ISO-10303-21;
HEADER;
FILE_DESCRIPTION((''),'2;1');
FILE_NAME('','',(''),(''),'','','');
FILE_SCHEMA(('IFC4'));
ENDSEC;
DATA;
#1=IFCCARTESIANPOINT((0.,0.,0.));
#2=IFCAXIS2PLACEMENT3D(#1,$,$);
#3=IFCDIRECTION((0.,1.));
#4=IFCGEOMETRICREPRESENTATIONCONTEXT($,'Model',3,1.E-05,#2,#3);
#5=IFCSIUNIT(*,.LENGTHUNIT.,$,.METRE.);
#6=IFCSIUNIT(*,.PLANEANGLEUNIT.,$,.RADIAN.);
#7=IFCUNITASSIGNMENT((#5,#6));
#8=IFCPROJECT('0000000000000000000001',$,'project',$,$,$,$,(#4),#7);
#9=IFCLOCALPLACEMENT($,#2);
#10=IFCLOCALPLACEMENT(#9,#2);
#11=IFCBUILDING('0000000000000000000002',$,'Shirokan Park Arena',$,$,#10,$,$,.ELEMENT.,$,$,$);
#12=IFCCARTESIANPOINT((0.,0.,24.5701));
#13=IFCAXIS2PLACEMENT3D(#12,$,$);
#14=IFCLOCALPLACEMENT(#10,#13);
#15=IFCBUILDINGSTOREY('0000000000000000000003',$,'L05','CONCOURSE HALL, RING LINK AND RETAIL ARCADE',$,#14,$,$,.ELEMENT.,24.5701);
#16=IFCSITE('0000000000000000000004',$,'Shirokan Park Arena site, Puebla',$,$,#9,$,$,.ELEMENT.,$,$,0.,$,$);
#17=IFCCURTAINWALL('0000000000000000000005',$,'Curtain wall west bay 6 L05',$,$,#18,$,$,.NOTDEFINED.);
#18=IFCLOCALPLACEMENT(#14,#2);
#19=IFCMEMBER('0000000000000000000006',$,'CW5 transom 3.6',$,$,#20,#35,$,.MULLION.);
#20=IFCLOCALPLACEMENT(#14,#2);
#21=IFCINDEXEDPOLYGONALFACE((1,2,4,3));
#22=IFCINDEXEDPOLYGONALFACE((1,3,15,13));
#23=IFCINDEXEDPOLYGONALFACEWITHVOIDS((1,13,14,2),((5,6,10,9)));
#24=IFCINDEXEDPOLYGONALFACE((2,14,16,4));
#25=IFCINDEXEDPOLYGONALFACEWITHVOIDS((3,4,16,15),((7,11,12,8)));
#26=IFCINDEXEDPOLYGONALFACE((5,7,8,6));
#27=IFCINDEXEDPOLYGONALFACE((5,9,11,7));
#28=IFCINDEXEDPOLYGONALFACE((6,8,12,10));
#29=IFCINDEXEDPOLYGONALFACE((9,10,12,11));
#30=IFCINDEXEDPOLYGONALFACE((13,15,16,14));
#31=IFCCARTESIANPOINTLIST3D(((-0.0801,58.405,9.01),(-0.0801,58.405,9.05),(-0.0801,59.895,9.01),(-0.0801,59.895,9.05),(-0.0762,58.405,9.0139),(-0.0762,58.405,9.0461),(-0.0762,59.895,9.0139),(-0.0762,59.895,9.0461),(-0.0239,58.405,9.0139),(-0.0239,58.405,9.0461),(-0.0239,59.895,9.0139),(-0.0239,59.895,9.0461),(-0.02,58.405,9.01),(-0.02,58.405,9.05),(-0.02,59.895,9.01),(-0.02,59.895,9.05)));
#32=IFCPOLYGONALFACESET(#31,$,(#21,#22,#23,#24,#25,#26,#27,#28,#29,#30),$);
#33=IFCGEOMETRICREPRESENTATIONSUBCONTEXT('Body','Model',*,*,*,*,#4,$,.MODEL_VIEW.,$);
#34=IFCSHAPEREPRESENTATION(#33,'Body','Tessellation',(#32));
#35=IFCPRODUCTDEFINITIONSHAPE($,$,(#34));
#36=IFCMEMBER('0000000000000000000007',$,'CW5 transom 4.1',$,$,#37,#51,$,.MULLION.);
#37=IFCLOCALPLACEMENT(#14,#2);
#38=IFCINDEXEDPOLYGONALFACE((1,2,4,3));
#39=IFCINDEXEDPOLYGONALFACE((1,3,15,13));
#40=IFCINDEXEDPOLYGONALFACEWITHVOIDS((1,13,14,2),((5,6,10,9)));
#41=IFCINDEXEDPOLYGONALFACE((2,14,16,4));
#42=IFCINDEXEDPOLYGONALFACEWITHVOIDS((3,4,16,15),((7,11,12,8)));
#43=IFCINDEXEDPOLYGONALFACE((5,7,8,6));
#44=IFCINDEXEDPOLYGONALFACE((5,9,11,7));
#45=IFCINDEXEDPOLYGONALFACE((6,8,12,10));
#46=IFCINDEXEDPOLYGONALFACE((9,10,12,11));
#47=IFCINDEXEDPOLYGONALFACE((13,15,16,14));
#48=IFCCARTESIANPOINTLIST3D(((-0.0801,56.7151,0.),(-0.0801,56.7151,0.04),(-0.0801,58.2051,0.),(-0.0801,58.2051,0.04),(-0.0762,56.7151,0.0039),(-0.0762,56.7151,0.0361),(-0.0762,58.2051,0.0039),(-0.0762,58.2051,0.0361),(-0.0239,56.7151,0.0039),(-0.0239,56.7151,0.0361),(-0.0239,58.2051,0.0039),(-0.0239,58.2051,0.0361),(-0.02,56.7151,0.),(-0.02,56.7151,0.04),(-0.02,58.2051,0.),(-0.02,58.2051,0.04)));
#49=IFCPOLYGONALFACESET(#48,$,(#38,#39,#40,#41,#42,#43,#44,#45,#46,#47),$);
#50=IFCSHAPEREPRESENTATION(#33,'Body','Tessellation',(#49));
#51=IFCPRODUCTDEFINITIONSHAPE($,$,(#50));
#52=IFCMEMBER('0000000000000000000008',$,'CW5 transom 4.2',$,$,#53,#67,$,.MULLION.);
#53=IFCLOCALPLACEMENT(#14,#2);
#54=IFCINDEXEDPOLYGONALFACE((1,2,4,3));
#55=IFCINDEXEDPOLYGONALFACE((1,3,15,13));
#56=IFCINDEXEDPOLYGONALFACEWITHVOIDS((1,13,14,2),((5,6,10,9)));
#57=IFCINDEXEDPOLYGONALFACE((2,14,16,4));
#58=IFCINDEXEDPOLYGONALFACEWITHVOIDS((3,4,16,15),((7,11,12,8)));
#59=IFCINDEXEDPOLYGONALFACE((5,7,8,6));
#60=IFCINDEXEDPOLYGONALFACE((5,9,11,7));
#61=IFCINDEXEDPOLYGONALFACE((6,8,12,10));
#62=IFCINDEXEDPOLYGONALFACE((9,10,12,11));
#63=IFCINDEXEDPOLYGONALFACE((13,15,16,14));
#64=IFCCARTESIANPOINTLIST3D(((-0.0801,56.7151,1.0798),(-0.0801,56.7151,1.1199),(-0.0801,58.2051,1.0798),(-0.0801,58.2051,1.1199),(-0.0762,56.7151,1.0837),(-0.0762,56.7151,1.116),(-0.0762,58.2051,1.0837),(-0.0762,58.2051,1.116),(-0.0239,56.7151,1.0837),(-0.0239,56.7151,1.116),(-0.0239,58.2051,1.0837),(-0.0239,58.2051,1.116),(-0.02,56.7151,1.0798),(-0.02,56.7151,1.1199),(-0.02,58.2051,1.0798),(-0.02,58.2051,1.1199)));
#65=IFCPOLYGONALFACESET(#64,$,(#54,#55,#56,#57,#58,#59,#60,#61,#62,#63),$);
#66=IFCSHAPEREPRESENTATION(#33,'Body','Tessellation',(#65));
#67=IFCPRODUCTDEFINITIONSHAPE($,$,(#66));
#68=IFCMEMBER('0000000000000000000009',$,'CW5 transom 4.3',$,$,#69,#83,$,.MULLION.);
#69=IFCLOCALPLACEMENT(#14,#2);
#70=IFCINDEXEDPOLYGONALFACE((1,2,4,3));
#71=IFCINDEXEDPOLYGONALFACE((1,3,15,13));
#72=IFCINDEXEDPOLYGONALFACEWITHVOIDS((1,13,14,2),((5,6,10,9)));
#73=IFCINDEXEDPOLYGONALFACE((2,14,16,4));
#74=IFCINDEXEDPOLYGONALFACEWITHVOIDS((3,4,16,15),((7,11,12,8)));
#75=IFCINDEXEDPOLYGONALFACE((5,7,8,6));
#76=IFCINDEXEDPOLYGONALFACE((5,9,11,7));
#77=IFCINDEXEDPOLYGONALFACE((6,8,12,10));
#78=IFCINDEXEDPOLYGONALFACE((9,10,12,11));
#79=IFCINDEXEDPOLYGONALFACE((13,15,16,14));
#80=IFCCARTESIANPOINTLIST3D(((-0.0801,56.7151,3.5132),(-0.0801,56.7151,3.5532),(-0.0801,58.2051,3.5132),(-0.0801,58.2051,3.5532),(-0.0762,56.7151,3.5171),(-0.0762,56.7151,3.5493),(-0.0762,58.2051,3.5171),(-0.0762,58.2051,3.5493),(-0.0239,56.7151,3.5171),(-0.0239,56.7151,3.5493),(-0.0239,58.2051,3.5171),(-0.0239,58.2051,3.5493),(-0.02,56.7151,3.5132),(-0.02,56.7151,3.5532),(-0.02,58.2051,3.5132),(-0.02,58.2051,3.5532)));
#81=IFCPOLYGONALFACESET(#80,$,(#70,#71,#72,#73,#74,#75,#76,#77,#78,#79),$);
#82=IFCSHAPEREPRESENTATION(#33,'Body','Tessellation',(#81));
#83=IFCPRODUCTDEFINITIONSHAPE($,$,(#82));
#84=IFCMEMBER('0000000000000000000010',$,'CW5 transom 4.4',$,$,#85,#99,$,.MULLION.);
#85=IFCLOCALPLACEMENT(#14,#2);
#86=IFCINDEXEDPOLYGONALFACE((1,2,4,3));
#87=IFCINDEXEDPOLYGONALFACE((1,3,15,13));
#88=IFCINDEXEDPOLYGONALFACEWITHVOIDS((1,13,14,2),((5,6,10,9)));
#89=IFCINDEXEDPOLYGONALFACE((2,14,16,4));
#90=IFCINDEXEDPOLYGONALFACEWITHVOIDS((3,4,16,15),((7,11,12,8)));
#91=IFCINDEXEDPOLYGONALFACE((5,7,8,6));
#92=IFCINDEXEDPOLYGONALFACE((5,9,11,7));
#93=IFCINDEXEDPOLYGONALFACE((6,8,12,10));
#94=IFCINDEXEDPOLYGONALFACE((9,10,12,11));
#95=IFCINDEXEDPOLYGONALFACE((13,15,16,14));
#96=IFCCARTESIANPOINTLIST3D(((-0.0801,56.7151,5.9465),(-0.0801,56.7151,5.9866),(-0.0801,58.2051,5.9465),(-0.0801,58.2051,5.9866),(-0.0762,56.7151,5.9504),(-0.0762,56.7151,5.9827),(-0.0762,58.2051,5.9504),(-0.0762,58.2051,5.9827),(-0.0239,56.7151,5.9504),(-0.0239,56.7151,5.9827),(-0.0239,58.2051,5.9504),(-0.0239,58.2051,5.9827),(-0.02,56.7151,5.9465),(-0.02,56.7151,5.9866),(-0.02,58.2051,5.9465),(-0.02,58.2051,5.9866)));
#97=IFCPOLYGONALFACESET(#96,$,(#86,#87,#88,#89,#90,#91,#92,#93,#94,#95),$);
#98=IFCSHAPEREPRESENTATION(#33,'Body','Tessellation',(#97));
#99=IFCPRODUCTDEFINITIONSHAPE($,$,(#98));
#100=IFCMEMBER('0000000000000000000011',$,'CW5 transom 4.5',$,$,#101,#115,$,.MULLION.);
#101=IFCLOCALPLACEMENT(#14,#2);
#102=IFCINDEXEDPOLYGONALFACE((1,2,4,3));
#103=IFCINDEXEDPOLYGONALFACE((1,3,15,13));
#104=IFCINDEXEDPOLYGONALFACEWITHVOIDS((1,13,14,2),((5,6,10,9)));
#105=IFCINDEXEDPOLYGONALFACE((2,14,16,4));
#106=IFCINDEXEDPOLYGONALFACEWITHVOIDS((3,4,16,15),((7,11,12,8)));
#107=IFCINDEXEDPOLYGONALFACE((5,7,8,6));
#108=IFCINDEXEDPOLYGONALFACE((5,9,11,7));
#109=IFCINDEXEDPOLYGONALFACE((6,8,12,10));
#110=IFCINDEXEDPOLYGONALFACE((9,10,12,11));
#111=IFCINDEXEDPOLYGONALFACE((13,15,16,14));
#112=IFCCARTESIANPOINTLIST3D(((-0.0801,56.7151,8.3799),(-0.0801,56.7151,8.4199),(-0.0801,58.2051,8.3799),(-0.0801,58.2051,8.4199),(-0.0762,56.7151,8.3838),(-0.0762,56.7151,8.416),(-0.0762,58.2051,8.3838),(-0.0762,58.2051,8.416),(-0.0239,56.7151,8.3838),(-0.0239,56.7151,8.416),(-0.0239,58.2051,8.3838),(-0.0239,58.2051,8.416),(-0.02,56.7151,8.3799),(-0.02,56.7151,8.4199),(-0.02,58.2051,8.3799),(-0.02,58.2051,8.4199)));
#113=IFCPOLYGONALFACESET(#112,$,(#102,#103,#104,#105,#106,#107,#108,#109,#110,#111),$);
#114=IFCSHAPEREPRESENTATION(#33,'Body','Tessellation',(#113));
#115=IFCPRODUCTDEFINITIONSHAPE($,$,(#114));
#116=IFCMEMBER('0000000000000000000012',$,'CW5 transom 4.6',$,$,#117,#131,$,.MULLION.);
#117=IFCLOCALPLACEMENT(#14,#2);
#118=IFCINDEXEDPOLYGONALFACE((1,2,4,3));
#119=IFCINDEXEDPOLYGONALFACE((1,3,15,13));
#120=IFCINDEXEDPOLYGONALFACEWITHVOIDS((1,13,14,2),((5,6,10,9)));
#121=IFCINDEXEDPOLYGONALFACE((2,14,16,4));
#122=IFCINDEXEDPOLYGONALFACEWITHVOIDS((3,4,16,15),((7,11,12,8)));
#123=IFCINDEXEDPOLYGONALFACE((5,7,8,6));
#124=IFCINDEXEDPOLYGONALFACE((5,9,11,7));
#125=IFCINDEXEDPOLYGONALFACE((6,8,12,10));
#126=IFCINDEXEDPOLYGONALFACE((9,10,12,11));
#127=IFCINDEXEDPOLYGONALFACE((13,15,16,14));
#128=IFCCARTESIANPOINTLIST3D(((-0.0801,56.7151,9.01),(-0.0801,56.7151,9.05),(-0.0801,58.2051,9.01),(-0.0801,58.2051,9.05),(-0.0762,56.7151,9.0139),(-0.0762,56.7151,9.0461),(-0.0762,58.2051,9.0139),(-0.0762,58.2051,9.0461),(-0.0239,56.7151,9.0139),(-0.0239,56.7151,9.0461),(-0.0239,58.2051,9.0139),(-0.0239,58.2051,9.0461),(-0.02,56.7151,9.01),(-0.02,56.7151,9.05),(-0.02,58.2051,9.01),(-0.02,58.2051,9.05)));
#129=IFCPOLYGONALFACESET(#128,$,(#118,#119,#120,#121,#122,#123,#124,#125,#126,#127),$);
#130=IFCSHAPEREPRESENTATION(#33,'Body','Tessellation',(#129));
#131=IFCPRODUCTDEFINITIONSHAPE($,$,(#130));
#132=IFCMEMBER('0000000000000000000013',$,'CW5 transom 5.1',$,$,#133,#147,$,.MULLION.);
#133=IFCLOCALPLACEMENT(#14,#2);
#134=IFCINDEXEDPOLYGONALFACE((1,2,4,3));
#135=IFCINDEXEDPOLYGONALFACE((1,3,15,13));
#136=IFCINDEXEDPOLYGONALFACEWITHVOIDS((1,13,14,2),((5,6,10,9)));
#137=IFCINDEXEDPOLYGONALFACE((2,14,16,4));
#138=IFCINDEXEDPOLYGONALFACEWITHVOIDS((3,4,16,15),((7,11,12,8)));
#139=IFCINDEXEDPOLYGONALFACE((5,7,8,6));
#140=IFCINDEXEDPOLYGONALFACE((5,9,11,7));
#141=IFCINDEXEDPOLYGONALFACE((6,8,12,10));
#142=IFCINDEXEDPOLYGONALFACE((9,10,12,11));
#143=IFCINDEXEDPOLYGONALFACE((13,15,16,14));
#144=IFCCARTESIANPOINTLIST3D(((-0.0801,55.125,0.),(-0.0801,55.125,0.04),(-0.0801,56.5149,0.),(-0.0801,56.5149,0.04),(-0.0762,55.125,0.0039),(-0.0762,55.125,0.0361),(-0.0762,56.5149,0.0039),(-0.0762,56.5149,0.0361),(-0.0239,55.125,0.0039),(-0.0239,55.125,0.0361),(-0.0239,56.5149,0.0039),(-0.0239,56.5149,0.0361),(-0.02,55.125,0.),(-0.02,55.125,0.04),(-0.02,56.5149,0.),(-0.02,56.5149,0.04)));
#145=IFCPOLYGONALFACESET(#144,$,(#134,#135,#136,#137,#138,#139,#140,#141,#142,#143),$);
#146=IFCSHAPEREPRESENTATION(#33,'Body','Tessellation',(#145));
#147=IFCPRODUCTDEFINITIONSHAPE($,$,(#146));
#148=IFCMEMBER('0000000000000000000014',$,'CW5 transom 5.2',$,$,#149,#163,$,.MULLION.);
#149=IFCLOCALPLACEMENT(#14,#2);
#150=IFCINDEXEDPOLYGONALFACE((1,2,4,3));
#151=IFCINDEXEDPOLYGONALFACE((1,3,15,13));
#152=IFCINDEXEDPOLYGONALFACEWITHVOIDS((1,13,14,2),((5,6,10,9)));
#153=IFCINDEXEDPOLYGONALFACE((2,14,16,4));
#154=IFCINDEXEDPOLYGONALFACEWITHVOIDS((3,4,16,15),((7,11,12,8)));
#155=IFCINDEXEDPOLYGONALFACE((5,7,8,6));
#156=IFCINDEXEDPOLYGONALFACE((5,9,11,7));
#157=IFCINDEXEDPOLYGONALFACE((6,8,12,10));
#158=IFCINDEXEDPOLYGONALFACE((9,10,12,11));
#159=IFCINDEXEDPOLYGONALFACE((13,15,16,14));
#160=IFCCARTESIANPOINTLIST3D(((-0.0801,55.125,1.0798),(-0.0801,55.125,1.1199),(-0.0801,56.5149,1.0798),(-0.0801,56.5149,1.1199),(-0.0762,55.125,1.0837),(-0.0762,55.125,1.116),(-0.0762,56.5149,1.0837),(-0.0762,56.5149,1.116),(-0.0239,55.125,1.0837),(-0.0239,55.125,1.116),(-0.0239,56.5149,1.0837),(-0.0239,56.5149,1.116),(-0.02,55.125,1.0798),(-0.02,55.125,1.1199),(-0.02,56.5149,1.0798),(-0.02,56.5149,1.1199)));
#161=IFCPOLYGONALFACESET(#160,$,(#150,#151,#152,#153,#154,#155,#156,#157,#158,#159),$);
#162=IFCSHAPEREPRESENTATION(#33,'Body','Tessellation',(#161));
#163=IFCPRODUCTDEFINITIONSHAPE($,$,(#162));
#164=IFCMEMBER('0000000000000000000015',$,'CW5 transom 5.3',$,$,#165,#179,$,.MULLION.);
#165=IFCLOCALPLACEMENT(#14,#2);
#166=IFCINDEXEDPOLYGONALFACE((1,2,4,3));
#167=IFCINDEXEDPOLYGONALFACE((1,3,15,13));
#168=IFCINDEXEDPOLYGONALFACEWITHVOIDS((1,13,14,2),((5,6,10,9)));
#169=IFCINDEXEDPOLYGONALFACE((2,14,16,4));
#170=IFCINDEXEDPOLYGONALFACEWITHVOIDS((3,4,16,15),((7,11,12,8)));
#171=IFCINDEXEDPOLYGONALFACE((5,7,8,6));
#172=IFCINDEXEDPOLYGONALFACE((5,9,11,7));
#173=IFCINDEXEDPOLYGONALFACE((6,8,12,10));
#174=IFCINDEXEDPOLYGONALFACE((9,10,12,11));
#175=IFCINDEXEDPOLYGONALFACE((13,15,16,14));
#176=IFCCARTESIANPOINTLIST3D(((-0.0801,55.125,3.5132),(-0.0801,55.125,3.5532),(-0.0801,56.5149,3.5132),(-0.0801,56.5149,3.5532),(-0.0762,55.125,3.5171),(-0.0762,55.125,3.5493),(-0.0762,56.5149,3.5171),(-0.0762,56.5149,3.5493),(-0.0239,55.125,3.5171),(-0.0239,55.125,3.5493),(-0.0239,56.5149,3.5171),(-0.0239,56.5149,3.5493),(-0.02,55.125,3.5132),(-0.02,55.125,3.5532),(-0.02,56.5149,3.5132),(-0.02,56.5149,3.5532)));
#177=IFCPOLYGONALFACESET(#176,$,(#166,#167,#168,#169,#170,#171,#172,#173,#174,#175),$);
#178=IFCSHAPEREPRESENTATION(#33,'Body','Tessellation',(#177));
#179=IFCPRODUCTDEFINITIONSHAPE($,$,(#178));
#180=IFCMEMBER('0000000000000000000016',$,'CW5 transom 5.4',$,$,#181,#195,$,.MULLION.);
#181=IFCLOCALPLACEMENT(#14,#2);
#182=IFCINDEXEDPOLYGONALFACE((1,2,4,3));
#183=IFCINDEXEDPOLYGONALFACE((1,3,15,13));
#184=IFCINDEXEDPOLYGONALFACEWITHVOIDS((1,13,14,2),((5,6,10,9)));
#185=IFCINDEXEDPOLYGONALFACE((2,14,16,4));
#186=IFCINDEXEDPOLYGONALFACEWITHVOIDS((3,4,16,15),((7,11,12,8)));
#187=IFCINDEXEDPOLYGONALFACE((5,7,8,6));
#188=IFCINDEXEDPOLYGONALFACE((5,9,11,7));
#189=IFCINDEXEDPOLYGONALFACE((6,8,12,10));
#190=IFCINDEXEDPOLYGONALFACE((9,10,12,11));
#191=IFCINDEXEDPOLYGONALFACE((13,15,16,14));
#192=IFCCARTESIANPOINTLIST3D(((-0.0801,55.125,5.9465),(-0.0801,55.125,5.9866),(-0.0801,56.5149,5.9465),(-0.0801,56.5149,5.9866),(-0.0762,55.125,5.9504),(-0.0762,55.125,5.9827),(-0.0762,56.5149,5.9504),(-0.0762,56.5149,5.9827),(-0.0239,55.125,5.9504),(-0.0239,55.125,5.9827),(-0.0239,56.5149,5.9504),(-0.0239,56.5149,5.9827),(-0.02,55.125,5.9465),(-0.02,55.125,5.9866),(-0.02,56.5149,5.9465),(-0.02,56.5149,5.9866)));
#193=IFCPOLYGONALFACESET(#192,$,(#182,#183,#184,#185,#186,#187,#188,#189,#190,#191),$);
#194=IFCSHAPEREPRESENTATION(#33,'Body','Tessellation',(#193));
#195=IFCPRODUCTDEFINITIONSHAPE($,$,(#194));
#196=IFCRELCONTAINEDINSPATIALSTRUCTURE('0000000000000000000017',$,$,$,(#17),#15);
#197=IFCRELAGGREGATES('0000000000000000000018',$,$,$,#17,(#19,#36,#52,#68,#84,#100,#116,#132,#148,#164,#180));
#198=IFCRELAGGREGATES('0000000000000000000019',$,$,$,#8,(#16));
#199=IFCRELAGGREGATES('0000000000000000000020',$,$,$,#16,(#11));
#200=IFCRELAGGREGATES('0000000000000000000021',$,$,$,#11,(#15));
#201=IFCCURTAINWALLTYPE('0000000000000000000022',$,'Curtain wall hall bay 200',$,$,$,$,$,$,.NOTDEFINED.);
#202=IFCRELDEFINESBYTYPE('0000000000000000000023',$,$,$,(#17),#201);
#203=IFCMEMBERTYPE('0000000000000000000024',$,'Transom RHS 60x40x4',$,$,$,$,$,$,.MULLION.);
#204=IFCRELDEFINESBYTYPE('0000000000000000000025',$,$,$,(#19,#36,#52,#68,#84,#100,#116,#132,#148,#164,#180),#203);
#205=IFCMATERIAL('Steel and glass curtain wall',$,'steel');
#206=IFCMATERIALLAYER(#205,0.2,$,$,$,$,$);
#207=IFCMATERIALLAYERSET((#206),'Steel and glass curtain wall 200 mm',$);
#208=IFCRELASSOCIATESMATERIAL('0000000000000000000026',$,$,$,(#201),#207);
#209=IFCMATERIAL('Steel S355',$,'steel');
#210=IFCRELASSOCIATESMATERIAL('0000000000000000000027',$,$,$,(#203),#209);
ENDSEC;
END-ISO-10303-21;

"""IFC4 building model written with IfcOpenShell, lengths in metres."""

from ifc_helpers import new_model, si_unit, direction, frame, origin, origin_2d, place, context, subcontext, project, spatial, hollow_rectangle, extrude, material, layer, layer_set, material_profile, profile_set, type_object, element, aggregate, save


model = new_model("IFC4")

# Units and contexts
model_context = context("Model", 3, precision=1e-05, world=origin(), true_north=direction((0.0, 1.0)))
body_context = subcontext(model_context, "Body", "Model", "MODEL_VIEW")
ifc_project = project(units=[si_unit("LENGTHUNIT", "METRE"), si_unit("PLANEANGLEUNIT", "RADIAN")], contexts=[model_context])

# Site, building, storey
site_placement = place(None, origin())
site = spatial("IfcSite", under=ifc_project, at=site_placement, Name="Shirokan Park Arena site, Puebla", CompositionType="ELEMENT", RefElevation=0.0)
building_placement = place(site_placement, origin())
building = spatial("IfcBuilding", under=site, at=building_placement, Name="Shirokan Park Arena", CompositionType="ELEMENT")
storey_placement = place(building_placement, frame((0.0, 0.0, 24.5701)))
storey = spatial("IfcBuildingStorey", under=building, at=storey_placement, Name="L05", Description="CONCOURSE HALL, RING LINK AND RETAIL ARCADE", CompositionType="ELEMENT", Elevation=24.5701)

# Curtain wall
ifc_material_1 = material(Name="Steel and glass curtain wall", Category="steel")
ifc_layer_1 = layer(ifc_material_1, 0.2)
ifc_layer_set_1 = layer_set([ifc_layer_1], Name="Steel and glass curtain wall 200 mm")
curtain_wall_type = type_object("IfcCurtainWallType", Name="Curtain wall hall bay 200", PredefinedType="NOTDEFINED", material=ifc_layer_set_1)
curtain_wall_placement = place(storey_placement, origin())
curtain_wall = element("IfcCurtainWall", 1, at=curtain_wall_placement, inside=storey, type_object=curtain_wall_type, Name="Curtain wall west bay 6 L05", PredefinedType="NOTDEFINED")
ifc_material_2 = material(Name="Steel S355", Category="steel")

# Members
ifc_material_profile_1 = material_profile(ifc_material_2, hollow_rectangle(XDim=0.0601, YDim=0.04, WallThickness=0.0039, at=origin_2d()), Name="RHS 60x40x4")
ifc_profile_set_1 = profile_set([ifc_material_profile_1], Name="Steel S355")
member_type_1 = type_object("IfcMemberType", Name="Transom RHS 60x40x4", PredefinedType="MULLION", material=ifc_profile_set_1)
member_1_placement = place(storey_placement, frame((-0.05, 59.895, 9.03), z_axis=(0.0, -1.0, 0.0), x_axis=(1.0, 0.0, 0.0)))
member_1 = element("IfcMember", 2, at=member_1_placement, type_object=member_type_1, Name="CW5 transom 3.6", PredefinedType="MULLION", context=body_context, shape_type="SweptSolid", body=[
    extrude(hollow_rectangle(XDim=0.0601, YDim=0.04, WallThickness=0.0039, at=origin_2d()), origin(), (0.0, 0.0, 1.0), 1.49),
])
member_2_placement = place(storey_placement, frame((-0.05, 58.2051, 0.02), z_axis=(0.0, -1.0, 0.0), x_axis=(1.0, 0.0, 0.0)))
member_2 = element("IfcMember", 3, at=member_2_placement, type_object=member_type_1, Name="CW5 transom 4.1", PredefinedType="MULLION", context=body_context, shape_type="SweptSolid", body=[
    extrude(hollow_rectangle(XDim=0.0601, YDim=0.04, WallThickness=0.0039, at=origin_2d()), origin(), (0.0, 0.0, 1.0), 1.49),
])
member_3_placement = place(storey_placement, frame((-0.05, 58.2051, 1.0999), z_axis=(0.0, -1.0, 0.0), x_axis=(1.0, 0.0, 0.0)))
member_3 = element("IfcMember", 4, at=member_3_placement, type_object=member_type_1, Name="CW5 transom 4.2", PredefinedType="MULLION", context=body_context, shape_type="SweptSolid", body=[
    extrude(hollow_rectangle(XDim=0.0601, YDim=0.04, WallThickness=0.0039, at=origin_2d()), origin(), (0.0, 0.0, 1.0), 1.49),
])
member_4_placement = place(storey_placement, frame((-0.05, 58.2051, 3.5332), z_axis=(0.0, -1.0, 0.0), x_axis=(1.0, 0.0, 0.0)))
member_4 = element("IfcMember", 5, at=member_4_placement, type_object=member_type_1, Name="CW5 transom 4.3", PredefinedType="MULLION", context=body_context, shape_type="SweptSolid", body=[
    extrude(hollow_rectangle(XDim=0.0601, YDim=0.04, WallThickness=0.0039, at=origin_2d()), origin(), (0.0, 0.0, 1.0), 1.49),
])
member_5_placement = place(storey_placement, frame((-0.05, 58.2051, 5.9666), z_axis=(0.0, -1.0, 0.0), x_axis=(1.0, 0.0, 0.0)))
member_5 = element("IfcMember", 6, at=member_5_placement, type_object=member_type_1, Name="CW5 transom 4.4", PredefinedType="MULLION", context=body_context, shape_type="SweptSolid", body=[
    extrude(hollow_rectangle(XDim=0.0601, YDim=0.04, WallThickness=0.0039, at=origin_2d()), origin(), (0.0, 0.0, 1.0), 1.49),
])
member_6_placement = place(storey_placement, frame((-0.05, 58.2051, 8.3999), z_axis=(0.0, -1.0, 0.0), x_axis=(1.0, 0.0, 0.0)))
member_6 = element("IfcMember", 7, at=member_6_placement, type_object=member_type_1, Name="CW5 transom 4.5", PredefinedType="MULLION", context=body_context, shape_type="SweptSolid", body=[
    extrude(hollow_rectangle(XDim=0.0601, YDim=0.04, WallThickness=0.0039, at=origin_2d()), origin(), (0.0, 0.0, 1.0), 1.49),
])
member_7_placement = place(storey_placement, frame((-0.05, 58.2051, 9.03), z_axis=(0.0, -1.0, 0.0), x_axis=(1.0, 0.0, 0.0)))
member_7 = element("IfcMember", 8, at=member_7_placement, type_object=member_type_1, Name="CW5 transom 4.6", PredefinedType="MULLION", context=body_context, shape_type="SweptSolid", body=[
    extrude(hollow_rectangle(XDim=0.0601, YDim=0.04, WallThickness=0.0039, at=origin_2d()), origin(), (0.0, 0.0, 1.0), 1.49),
])
member_8_placement = place(storey_placement, frame((-0.05, 56.5149, 0.02), z_axis=(0.0, -1.0, 0.0), x_axis=(1.0, 0.0, 0.0)))
member_8 = element("IfcMember", 9, at=member_8_placement, type_object=member_type_1, Name="CW5 transom 5.1", PredefinedType="MULLION", context=body_context, shape_type="SweptSolid", body=[
    extrude(hollow_rectangle(XDim=0.0601, YDim=0.04, WallThickness=0.0039, at=origin_2d()), origin(), (0.0, 0.0, 1.0), 1.3899),
])
member_9_placement = place(storey_placement, frame((-0.05, 56.5149, 1.0999), z_axis=(0.0, -1.0, 0.0), x_axis=(1.0, 0.0, 0.0)))
member_9 = element("IfcMember", 10, at=member_9_placement, type_object=member_type_1, Name="CW5 transom 5.2", PredefinedType="MULLION", context=body_context, shape_type="SweptSolid", body=[
    extrude(hollow_rectangle(XDim=0.0601, YDim=0.04, WallThickness=0.0039, at=origin_2d()), origin(), (0.0, 0.0, 1.0), 1.3899),
])
member_10_placement = place(storey_placement, frame((-0.05, 56.5149, 3.5332), z_axis=(0.0, -1.0, 0.0), x_axis=(1.0, 0.0, 0.0)))
member_10 = element("IfcMember", 11, at=member_10_placement, type_object=member_type_1, Name="CW5 transom 5.3", PredefinedType="MULLION", context=body_context, shape_type="SweptSolid", body=[
    extrude(hollow_rectangle(XDim=0.0601, YDim=0.04, WallThickness=0.0039, at=origin_2d()), origin(), (0.0, 0.0, 1.0), 1.3899),
])
member_11_placement = place(storey_placement, frame((-0.05, 56.5149, 5.9666), z_axis=(0.0, -1.0, 0.0), x_axis=(1.0, 0.0, 0.0)))
member_11 = element("IfcMember", 12, at=member_11_placement, type_object=member_type_1, Name="CW5 transom 5.4", PredefinedType="MULLION", context=body_context, shape_type="SweptSolid", body=[
    extrude(hollow_rectangle(XDim=0.0601, YDim=0.04, WallThickness=0.0039, at=origin_2d()), origin(), (0.0, 0.0, 1.0), 1.3899),
])

aggregate(curtain_wall, [member_1, member_2, member_3, member_4, member_5, member_6, member_7, member_8, member_9, member_10, member_11])

save(model, "model.ifc")
